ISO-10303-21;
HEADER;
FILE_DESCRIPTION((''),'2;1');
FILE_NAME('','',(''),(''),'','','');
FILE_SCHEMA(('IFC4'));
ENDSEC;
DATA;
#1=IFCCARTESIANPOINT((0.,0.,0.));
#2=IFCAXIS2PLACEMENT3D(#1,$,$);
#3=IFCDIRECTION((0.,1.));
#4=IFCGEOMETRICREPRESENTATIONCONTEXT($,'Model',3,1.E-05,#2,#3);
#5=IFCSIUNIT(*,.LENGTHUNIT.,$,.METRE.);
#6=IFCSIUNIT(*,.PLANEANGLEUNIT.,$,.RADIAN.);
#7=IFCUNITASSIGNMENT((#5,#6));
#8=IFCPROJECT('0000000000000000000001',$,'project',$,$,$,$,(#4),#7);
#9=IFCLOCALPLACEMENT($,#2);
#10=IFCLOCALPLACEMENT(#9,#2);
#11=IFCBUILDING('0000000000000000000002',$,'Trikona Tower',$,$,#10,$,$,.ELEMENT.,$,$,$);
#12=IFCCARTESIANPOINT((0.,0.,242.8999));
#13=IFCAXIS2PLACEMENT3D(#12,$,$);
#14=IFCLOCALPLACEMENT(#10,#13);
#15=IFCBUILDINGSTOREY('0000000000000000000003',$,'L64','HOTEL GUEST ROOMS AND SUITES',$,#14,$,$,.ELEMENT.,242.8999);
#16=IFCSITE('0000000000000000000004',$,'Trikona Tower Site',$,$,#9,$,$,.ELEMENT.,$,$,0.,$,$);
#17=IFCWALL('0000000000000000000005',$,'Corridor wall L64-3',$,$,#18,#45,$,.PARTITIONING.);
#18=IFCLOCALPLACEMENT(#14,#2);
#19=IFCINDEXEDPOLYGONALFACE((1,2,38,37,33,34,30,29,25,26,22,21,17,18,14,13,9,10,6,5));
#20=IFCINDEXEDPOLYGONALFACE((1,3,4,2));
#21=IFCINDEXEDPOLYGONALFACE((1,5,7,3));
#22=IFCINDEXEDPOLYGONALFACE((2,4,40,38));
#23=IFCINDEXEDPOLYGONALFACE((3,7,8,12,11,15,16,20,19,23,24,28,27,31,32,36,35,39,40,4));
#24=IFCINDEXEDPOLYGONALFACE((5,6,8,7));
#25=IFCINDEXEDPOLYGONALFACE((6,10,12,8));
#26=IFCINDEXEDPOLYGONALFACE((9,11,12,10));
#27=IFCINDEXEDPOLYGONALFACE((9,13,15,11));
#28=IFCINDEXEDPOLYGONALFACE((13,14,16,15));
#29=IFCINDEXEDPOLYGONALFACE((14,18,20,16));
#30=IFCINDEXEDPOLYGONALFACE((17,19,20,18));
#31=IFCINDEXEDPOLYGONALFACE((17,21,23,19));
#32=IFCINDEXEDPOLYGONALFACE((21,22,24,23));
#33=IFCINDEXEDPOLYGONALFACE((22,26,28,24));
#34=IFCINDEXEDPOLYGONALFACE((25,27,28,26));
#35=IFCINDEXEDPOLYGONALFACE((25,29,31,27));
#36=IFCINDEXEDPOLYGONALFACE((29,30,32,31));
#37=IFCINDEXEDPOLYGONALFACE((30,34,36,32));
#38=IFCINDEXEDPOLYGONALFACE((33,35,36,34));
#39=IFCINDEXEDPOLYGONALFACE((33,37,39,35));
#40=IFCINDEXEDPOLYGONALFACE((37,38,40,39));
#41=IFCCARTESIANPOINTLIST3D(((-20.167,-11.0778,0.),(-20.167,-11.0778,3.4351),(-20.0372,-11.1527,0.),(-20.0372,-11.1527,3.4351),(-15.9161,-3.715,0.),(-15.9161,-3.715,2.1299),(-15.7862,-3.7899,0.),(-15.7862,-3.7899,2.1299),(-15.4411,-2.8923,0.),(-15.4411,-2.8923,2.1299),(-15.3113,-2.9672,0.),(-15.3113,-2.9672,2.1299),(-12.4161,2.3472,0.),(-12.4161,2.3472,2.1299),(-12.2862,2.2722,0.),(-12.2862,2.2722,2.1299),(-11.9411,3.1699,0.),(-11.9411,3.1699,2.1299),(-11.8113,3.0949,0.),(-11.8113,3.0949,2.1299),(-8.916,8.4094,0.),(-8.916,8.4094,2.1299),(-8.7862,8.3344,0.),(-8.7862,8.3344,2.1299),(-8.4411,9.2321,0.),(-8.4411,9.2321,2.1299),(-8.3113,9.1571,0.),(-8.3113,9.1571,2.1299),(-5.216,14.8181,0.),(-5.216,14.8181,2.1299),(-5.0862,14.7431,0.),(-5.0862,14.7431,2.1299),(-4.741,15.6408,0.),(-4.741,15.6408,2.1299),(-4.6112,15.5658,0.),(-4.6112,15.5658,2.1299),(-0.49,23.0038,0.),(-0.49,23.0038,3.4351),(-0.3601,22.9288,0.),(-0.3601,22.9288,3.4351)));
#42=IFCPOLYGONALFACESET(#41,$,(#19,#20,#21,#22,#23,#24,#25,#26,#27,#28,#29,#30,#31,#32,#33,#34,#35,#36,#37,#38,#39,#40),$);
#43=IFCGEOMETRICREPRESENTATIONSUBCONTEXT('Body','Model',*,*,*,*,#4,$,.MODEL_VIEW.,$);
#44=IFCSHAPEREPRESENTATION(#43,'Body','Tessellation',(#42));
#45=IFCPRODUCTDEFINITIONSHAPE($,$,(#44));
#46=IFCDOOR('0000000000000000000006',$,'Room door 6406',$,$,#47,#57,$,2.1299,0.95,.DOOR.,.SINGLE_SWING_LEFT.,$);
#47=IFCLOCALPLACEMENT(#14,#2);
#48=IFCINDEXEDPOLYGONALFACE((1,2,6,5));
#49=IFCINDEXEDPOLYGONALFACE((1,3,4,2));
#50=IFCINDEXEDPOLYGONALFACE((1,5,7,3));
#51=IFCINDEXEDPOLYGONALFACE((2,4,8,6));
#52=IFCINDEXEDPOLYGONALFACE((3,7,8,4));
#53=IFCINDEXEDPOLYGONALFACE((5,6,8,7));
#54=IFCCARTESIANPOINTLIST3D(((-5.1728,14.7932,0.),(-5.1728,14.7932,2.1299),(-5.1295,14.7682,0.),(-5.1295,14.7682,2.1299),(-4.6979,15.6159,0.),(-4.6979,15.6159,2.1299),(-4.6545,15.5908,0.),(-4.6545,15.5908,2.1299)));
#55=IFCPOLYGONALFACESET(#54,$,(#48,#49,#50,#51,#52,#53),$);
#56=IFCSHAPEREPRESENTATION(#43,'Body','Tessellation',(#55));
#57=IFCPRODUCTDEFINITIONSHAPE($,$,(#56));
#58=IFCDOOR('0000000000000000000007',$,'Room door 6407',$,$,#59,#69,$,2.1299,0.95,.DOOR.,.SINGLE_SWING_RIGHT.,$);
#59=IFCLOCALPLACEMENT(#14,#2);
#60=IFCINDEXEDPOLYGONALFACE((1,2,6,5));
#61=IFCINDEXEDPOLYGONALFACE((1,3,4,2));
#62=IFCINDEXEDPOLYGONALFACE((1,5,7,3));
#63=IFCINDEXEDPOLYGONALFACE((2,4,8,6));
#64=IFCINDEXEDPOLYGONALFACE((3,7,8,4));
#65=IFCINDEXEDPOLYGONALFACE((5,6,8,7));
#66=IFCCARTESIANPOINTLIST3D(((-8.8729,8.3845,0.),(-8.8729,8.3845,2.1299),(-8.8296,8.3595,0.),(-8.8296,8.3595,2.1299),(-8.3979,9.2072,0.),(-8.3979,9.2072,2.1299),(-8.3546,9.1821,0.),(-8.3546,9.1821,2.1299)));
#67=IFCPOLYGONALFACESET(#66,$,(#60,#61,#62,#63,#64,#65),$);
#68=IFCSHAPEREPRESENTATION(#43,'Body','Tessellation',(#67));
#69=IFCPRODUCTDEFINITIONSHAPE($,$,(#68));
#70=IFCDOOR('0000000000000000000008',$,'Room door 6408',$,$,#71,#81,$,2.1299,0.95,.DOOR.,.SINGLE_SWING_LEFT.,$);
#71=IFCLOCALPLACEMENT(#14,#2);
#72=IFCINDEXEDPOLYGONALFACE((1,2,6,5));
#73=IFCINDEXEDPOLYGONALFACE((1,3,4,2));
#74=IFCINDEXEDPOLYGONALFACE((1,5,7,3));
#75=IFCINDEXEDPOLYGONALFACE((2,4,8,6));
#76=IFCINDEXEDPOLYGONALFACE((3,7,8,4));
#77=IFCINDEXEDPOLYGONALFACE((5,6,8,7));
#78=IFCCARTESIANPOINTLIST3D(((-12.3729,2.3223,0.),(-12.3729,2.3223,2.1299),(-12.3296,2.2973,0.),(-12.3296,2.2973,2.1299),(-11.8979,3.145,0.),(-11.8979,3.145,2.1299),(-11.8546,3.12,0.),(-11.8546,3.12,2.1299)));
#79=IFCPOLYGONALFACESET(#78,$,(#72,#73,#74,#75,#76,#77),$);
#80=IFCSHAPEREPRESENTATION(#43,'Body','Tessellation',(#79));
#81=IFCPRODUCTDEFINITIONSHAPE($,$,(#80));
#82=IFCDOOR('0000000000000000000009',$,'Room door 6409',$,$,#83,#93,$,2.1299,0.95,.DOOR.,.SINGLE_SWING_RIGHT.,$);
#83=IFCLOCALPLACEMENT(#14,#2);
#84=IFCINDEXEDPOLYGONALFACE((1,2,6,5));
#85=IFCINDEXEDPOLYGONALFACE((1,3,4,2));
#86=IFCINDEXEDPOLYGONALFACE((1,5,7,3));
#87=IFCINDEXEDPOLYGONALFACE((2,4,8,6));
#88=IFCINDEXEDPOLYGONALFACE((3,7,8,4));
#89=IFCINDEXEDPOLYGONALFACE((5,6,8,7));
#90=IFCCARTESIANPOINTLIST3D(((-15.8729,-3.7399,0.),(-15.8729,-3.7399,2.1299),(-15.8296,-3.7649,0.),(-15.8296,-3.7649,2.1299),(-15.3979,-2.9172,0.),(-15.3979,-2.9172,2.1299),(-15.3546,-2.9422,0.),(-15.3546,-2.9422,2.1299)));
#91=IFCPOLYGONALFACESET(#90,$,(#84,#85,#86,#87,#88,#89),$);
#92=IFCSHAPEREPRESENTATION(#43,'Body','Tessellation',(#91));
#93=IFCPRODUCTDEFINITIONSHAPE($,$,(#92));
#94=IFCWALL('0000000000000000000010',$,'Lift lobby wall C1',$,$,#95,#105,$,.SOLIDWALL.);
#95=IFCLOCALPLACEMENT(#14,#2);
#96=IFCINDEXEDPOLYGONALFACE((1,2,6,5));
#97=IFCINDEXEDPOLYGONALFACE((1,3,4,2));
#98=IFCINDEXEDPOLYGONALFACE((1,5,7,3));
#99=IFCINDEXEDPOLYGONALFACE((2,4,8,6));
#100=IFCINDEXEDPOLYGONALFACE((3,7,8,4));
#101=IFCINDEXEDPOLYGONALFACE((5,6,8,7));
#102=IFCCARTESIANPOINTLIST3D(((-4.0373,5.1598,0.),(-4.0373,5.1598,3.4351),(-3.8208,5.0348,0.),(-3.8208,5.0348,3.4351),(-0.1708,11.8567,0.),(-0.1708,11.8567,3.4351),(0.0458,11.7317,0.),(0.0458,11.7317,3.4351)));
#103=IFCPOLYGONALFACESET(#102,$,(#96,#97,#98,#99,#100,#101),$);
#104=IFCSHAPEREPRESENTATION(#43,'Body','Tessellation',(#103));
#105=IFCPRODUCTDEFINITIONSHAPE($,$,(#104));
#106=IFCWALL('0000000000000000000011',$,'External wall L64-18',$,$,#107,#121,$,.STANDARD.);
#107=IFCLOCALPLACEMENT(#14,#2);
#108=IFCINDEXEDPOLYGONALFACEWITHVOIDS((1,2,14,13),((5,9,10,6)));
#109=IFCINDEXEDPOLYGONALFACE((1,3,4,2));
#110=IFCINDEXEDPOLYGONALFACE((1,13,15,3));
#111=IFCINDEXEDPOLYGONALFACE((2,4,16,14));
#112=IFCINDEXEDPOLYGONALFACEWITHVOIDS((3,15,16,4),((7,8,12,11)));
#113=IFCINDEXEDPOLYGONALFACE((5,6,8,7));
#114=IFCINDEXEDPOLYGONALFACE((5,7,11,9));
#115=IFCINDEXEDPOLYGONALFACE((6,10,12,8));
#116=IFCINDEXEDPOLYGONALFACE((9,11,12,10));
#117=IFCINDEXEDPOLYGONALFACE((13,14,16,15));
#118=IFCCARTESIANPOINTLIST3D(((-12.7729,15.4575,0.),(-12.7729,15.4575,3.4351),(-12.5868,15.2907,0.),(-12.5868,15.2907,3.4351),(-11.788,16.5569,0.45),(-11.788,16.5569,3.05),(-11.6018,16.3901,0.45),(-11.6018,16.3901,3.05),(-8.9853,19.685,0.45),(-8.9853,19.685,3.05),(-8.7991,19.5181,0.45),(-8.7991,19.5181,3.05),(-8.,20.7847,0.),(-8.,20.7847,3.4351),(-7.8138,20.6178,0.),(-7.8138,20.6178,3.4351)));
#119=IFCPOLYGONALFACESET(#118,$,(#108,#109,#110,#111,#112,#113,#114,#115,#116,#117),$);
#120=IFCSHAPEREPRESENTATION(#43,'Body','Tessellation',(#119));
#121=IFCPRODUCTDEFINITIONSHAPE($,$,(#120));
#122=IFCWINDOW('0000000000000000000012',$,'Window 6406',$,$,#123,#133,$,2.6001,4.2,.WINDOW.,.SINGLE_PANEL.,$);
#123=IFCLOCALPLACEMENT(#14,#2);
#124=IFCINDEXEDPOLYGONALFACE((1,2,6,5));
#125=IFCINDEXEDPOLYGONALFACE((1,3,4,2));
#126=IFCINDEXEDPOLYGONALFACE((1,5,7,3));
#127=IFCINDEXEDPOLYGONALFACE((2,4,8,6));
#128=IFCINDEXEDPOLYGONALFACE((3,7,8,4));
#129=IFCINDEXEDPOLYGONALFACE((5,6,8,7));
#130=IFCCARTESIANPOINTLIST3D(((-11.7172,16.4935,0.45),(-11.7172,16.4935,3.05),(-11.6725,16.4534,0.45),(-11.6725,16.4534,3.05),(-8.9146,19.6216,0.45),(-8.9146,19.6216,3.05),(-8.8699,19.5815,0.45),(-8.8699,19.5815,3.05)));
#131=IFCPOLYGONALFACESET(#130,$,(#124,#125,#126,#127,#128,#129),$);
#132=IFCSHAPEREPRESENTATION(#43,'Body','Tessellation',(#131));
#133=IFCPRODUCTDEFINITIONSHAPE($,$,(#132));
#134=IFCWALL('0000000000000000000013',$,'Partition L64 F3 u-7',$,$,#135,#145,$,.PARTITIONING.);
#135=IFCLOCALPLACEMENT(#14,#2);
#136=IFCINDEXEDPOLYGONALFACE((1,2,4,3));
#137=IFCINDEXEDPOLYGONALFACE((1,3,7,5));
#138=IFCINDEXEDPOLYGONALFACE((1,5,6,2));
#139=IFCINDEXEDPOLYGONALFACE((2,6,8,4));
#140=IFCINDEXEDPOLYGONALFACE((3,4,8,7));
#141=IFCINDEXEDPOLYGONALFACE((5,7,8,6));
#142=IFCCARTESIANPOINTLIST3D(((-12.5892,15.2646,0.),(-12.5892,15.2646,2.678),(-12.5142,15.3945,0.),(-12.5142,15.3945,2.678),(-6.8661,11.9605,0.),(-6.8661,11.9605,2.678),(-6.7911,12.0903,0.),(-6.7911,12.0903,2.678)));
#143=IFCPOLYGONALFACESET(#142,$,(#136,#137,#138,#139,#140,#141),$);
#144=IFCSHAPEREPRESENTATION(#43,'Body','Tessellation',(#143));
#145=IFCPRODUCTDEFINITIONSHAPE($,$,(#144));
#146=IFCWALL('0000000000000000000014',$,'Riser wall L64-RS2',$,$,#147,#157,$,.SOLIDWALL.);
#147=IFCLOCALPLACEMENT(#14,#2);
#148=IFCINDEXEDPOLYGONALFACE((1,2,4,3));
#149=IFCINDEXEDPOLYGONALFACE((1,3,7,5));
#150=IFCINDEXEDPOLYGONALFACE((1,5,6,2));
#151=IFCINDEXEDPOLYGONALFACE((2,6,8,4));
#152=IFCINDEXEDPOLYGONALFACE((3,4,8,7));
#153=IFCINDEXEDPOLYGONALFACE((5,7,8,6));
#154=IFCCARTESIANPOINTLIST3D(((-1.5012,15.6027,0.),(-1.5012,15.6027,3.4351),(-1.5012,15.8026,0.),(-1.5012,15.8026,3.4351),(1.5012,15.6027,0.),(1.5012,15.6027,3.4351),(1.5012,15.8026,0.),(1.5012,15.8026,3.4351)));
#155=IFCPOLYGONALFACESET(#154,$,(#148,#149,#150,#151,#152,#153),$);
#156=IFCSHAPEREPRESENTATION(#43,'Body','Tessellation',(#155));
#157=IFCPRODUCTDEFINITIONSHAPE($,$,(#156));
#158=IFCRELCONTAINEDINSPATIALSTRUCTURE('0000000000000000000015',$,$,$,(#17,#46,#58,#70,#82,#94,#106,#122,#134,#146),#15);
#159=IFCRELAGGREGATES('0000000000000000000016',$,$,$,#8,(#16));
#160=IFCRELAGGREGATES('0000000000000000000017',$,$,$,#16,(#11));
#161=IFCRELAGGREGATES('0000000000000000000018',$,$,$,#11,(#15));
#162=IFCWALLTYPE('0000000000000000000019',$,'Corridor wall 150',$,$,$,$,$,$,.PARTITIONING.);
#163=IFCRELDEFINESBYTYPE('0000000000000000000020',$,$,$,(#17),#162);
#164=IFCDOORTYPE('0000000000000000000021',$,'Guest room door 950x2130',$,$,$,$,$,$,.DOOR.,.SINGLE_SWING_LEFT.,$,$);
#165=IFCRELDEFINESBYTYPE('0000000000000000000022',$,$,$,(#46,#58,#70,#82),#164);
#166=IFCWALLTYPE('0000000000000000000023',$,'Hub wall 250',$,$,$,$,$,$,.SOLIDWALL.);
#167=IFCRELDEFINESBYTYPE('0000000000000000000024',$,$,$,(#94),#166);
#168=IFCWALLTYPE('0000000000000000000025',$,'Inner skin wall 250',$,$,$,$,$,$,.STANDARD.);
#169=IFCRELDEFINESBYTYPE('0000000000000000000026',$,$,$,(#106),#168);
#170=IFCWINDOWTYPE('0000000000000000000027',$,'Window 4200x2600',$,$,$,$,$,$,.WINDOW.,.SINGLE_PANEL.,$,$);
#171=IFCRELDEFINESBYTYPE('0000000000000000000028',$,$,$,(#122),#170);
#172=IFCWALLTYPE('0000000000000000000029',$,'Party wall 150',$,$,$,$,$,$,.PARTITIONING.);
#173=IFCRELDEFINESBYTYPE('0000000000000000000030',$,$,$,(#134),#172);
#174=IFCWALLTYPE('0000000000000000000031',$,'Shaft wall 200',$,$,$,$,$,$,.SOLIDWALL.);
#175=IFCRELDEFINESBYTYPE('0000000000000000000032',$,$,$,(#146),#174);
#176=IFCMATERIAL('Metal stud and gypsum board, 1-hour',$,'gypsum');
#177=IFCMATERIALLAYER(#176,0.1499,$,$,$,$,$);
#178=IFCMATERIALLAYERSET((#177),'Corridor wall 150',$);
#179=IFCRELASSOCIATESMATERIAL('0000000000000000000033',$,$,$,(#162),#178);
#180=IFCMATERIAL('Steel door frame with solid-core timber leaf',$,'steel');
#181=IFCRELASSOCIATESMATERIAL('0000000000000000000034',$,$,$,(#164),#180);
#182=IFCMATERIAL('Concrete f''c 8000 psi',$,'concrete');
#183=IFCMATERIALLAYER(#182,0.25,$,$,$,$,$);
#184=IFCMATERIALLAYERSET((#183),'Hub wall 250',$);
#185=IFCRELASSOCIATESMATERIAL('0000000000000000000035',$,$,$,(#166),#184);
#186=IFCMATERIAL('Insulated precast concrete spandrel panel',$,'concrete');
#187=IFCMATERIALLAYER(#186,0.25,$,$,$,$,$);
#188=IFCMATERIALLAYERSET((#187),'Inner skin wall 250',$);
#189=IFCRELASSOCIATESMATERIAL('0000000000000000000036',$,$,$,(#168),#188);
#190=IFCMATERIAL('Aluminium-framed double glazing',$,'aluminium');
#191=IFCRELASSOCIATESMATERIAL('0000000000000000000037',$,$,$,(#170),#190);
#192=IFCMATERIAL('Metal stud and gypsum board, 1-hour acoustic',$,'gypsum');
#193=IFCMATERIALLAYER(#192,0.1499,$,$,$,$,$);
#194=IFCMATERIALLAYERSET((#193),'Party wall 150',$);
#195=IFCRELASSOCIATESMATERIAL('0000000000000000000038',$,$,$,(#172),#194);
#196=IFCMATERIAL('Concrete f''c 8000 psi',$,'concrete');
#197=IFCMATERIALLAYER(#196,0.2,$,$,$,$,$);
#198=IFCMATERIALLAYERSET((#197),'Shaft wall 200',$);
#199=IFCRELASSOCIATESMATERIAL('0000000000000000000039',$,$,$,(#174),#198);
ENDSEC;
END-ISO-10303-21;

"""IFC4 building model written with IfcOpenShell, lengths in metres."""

from ifc_helpers import new_model, si_unit, direction, frame, frame_2d, origin, place, context, subcontext, project, spatial, rectangle, extrude, material, layer, layer_set, type_object, element, fill, save


model = new_model("IFC4")

# Units and contexts
model_context = context("Model", 3, precision=1e-05, world=origin(), true_north=direction((0.0, 1.0)))
body_context = subcontext(model_context, "Body", "Model", "MODEL_VIEW")
ifc_project = project(units=[si_unit("LENGTHUNIT", "METRE"), si_unit("PLANEANGLEUNIT", "RADIAN")], contexts=[model_context])

# Site, building, storey
site_placement = place(None, origin())
site = spatial("IfcSite", under=ifc_project, at=site_placement, Name="Trikona Tower Site", CompositionType="ELEMENT", RefElevation=0.0)
building_placement = place(site_placement, origin())
building = spatial("IfcBuilding", under=site, at=building_placement, Name="Trikona Tower", CompositionType="ELEMENT")
storey_placement = place(building_placement, frame((0.0, 0.0, 242.8999)))
storey = spatial("IfcBuildingStorey", under=building, at=storey_placement, Name="L64", Description="HOTEL GUEST ROOMS AND SUITES", CompositionType="ELEMENT", Elevation=242.8999)

# Wall, openings, doors
ifc_material_1 = material(Name="Metal stud and gypsum board, 1-hour", Category="gypsum")
ifc_layer_1 = layer(ifc_material_1, 0.1499)
ifc_layer_set_1 = layer_set([ifc_layer_1], Name="Corridor wall 150")
wall_type_1 = type_object("IfcWallType", Name="Corridor wall 150", PredefinedType="PARTITIONING", material=ifc_layer_set_1)
wall_1_placement = place(storey_placement, frame((-0.425, 22.9663, 0.0), z_axis=(0.0, 0.0, 1.0), x_axis=(-0.5, -0.866025, 0.0)))
wall_1 = element("IfcWall", 1, at=wall_1_placement, inside=storey, type_object=wall_type_1, Name="Corridor wall L64-3", PredefinedType="PARTITIONING", context=body_context, shape_type="SweptSolid", body=[
    extrude(rectangle(XDim=39.354, YDim=0.1499, at=frame_2d((19.677, 0.0))), origin(), (0.0, 0.0, 1.0), 3.4351),
])
opening_1_placement = place(wall_1_placement, frame((8.502, 0.0, 0.0)))
opening_1 = element("IfcOpeningElement", 2, at=opening_1_placement, cuts=wall_1, PredefinedType="OPENING", context=body_context, shape_type="SweptSolid", body=[
    extrude(rectangle(XDim=0.95, YDim=2.1299, at=frame_2d((0.4751, 1.0649))), frame((0.0, 0.085, 0.0), z_axis=(0.0, -1.0, 0.0), x_axis=(1.0, 0.0, 0.0)), (0.0, 0.0, 1.0), 0.1699),
])
opening_2_placement = place(wall_1_placement, frame((15.9021, 0.0, 0.0)))
opening_2 = element("IfcOpeningElement", 3, at=opening_2_placement, cuts=wall_1, PredefinedType="OPENING", context=body_context, shape_type="SweptSolid", body=[
    extrude(rectangle(XDim=0.95, YDim=2.1299, at=frame_2d((0.4751, 1.0649))), frame((0.0, 0.085, 0.0), z_axis=(0.0, -1.0, 0.0), x_axis=(1.0, 0.0, 0.0)), (0.0, 0.0, 1.0), 0.1699),
])
opening_3_placement = place(wall_1_placement, frame((22.9021, 0.0, 0.0)))
opening_3 = element("IfcOpeningElement", 4, at=opening_3_placement, cuts=wall_1, PredefinedType="OPENING", context=body_context, shape_type="SweptSolid", body=[
    extrude(rectangle(XDim=0.95, YDim=2.1299, at=frame_2d((0.4751, 1.0649))), frame((0.0, 0.085, 0.0), z_axis=(0.0, -1.0, 0.0), x_axis=(1.0, 0.0, 0.0)), (0.0, 0.0, 1.0), 0.1699),
])
opening_4_placement = place(wall_1_placement, frame((29.9021, 0.0, 0.0)))
opening_4 = element("IfcOpeningElement", 5, at=opening_4_placement, cuts=wall_1, PredefinedType="OPENING", context=body_context, shape_type="SweptSolid", body=[
    extrude(rectangle(XDim=0.95, YDim=2.1299, at=frame_2d((0.4751, 1.0649))), frame((0.0, 0.085, 0.0), z_axis=(0.0, -1.0, 0.0), x_axis=(1.0, 0.0, 0.0)), (0.0, 0.0, 1.0), 0.1699),
])
ifc_material_2 = material(Name="Steel door frame with solid-core timber leaf", Category="steel")
door_type_1 = type_object("IfcDoorType", Name="Guest room door 950x2130", OperationType="SINGLE_SWING_LEFT", PredefinedType="DOOR", material=ifc_material_2)
door_1_placement = place(opening_1_placement, origin())
door_1 = element("IfcDoor", 6, at=door_1_placement, inside=storey, type_object=door_type_1, Name="Room door 6406", OperationType="SINGLE_SWING_LEFT", OverallHeight=2.1299, OverallWidth=0.95, PredefinedType="DOOR", context=body_context, shape_type="SweptSolid", body=[
    extrude(rectangle(XDim=0.95, YDim=2.1299, at=frame_2d((0.4751, 1.0649))), frame((0.0, 0.0249, 0.0), z_axis=(0.0, -1.0, 0.0), x_axis=(1.0, 0.0, 0.0)), (0.0, 0.0, 1.0), 0.05),
])
fill(opening_1, door_1)
door_2_placement = place(opening_2_placement, origin())
door_2 = element("IfcDoor", 7, at=door_2_placement, inside=storey, type_object=door_type_1, Name="Room door 6407", OperationType="SINGLE_SWING_RIGHT", OverallHeight=2.1299, OverallWidth=0.95, PredefinedType="DOOR", context=body_context, shape_type="SweptSolid", body=[
    extrude(rectangle(XDim=0.95, YDim=2.1299, at=frame_2d((0.4751, 1.0649))), frame((0.0, 0.0249, 0.0), z_axis=(0.0, -1.0, 0.0), x_axis=(1.0, 0.0, 0.0)), (0.0, 0.0, 1.0), 0.05),
])
fill(opening_2, door_2)
door_3_placement = place(opening_3_placement, origin())
door_3 = element("IfcDoor", 8, at=door_3_placement, inside=storey, type_object=door_type_1, Name="Room door 6408", OperationType="SINGLE_SWING_LEFT", OverallHeight=2.1299, OverallWidth=0.95, PredefinedType="DOOR", context=body_context, shape_type="SweptSolid", body=[
    extrude(rectangle(XDim=0.95, YDim=2.1299, at=frame_2d((0.4751, 1.0649))), frame((0.0, 0.0249, 0.0), z_axis=(0.0, -1.0, 0.0), x_axis=(1.0, 0.0, 0.0)), (0.0, 0.0, 1.0), 0.05),
])
fill(opening_3, door_3)
door_4_placement = place(opening_4_placement, origin())
door_4 = element("IfcDoor", 9, at=door_4_placement, inside=storey, type_object=door_type_1, Name="Room door 6409", OperationType="SINGLE_SWING_RIGHT", OverallHeight=2.1299, OverallWidth=0.95, PredefinedType="DOOR", context=body_context, shape_type="SweptSolid", body=[
    extrude(rectangle(XDim=0.95, YDim=2.1299, at=frame_2d((0.4751, 1.0649))), frame((0.0, 0.0249, 0.0), z_axis=(0.0, -1.0, 0.0), x_axis=(1.0, 0.0, 0.0)), (0.0, 0.0, 1.0), 0.05),
])
fill(opening_4, door_4)

# Wall
ifc_material_3 = material(Name="Concrete f'c 8000 psi", Category="concrete")
ifc_layer_2 = layer(ifc_material_3, 0.25)
ifc_layer_set_2 = layer_set([ifc_layer_2], Name="Hub wall 250")
wall_type_2 = type_object("IfcWallType", Name="Hub wall 250", PredefinedType="SOLIDWALL", material=ifc_layer_set_2)
wall_2_placement = place(storey_placement, frame((-0.0625, 11.7942, 0.0), z_axis=(0.0, 0.0, 1.0), x_axis=(-0.500007, -0.866022, 0.0)))
element("IfcWall", 10, at=wall_2_placement, inside=storey, type_object=wall_type_2, Name="Lift lobby wall C1", PredefinedType="SOLIDWALL", context=body_context, shape_type="SweptSolid", body=[
    extrude(rectangle(XDim=7.7329, YDim=0.25, at=frame_2d((3.8665, 0.0))), origin(), (0.0, 0.0, 1.0), 3.4351),
])

# Wall, opening, window
ifc_material_4 = material(Name="Insulated precast concrete spandrel panel", Category="concrete")
ifc_layer_3 = layer(ifc_material_4, 0.25)
ifc_layer_set_3 = layer_set([ifc_layer_3], Name="Inner skin wall 250")
wall_type_3 = type_object("IfcWallType", Name="Inner skin wall 250", PredefinedType="STANDARD", material=ifc_layer_set_3)
wall_3_placement = place(storey_placement, frame((-7.907, 20.7012, 0.0), z_axis=(0.0, 0.0, 1.0), x_axis=(-0.667304, -0.744786, 0.0)))
wall_3 = element("IfcWall", 11, at=wall_3_placement, inside=storey, type_object=wall_type_3, Name="External wall L64-18", PredefinedType="STANDARD", context=body_context, shape_type="SweptSolid", body=[
    extrude(rectangle(XDim=7.1526, YDim=0.25, at=frame_2d((3.5762, 0.0))), origin(), (0.0, 0.0, 1.0), 3.4351),
])
opening_5_placement = place(wall_3_placement, frame((1.4763, 0.0, 0.45)))
opening_5 = element("IfcOpeningElement", 12, at=opening_5_placement, cuts=wall_3, PredefinedType="OPENING", context=body_context, shape_type="SweptSolid", body=[
    extrude(rectangle(XDim=4.2, YDim=2.6001, at=frame_2d((2.1001, 1.3))), frame((0.0, 0.135, 0.0), z_axis=(0.0, -1.0, 0.0), x_axis=(1.0, 0.0, 0.0)), (0.0, 0.0, 1.0), 0.27),
])
ifc_material_5 = material(Name="Aluminium-framed double glazing", Category="aluminium")
window_type_1 = type_object("IfcWindowType", Name="Window 4200x2600", PartitioningType="SINGLE_PANEL", PredefinedType="WINDOW", material=ifc_material_5)
window_1_placement = place(opening_5_placement, origin())
window_1 = element("IfcWindow", 13, at=window_1_placement, inside=storey, type_object=window_type_1, Name="Window 6406", OverallHeight=2.6001, OverallWidth=4.2, PartitioningType="SINGLE_PANEL", PredefinedType="WINDOW", context=body_context, shape_type="SweptSolid", body=[
    extrude(rectangle(XDim=4.2, YDim=2.6001, at=frame_2d((2.1001, 1.3))), frame((0.0, 0.03, 0.0), z_axis=(0.0, -1.0, 0.0), x_axis=(1.0, 0.0, 0.0)), (0.0, 0.0, 1.0), 0.0601),
])
fill(opening_5, window_1)

# Walls
ifc_material_6 = material(Name="Metal stud and gypsum board, 1-hour acoustic", Category="gypsum")
ifc_layer_4 = layer(ifc_material_6, 0.1499)
ifc_layer_set_4 = layer_set([ifc_layer_4], Name="Party wall 150")
wall_type_4 = type_object("IfcWallType", Name="Party wall 150", PredefinedType="PARTITIONING", material=ifc_layer_set_4)
wall_4_placement = place(storey_placement, frame((-6.8286, 12.0254, 0.0), z_axis=(0.0, 0.0, 1.0), x_axis=(-0.866029, 0.499993, 0.0)))
element("IfcWall", 14, at=wall_4_placement, inside=storey, type_object=wall_type_4, Name="Partition L64 F3 u-7", PredefinedType="PARTITIONING", context=body_context, shape_type="SweptSolid", body=[
    extrude(rectangle(XDim=6.6084, YDim=0.1499, at=frame_2d((3.3042, 0.0))), origin(), (0.0, 0.0, 1.0), 2.678),
])
ifc_material_7 = material(Name="Concrete f'c 8000 psi", Category="concrete")
ifc_layer_5 = layer(ifc_material_7, 0.2)
ifc_layer_set_5 = layer_set([ifc_layer_5], Name="Shaft wall 200")
wall_type_5 = type_object("IfcWallType", Name="Shaft wall 200", PredefinedType="SOLIDWALL", material=ifc_layer_set_5)
wall_5_placement = place(storey_placement, frame((-1.5012, 15.7026, 0.0), z_axis=(0.0, 0.0, 1.0), x_axis=(1.0, 0.0, 0.0)))
element("IfcWall", 15, at=wall_5_placement, inside=storey, type_object=wall_type_5, Name="Riser wall L64-RS2", PredefinedType="SOLIDWALL", context=body_context, shape_type="SweptSolid", body=[
    extrude(rectangle(XDim=3.0024, YDim=0.2, at=frame_2d((1.5012, 0.0))), origin(), (0.0, 0.0, 1.0), 3.4351),
])

save(model, "model.ifc")
